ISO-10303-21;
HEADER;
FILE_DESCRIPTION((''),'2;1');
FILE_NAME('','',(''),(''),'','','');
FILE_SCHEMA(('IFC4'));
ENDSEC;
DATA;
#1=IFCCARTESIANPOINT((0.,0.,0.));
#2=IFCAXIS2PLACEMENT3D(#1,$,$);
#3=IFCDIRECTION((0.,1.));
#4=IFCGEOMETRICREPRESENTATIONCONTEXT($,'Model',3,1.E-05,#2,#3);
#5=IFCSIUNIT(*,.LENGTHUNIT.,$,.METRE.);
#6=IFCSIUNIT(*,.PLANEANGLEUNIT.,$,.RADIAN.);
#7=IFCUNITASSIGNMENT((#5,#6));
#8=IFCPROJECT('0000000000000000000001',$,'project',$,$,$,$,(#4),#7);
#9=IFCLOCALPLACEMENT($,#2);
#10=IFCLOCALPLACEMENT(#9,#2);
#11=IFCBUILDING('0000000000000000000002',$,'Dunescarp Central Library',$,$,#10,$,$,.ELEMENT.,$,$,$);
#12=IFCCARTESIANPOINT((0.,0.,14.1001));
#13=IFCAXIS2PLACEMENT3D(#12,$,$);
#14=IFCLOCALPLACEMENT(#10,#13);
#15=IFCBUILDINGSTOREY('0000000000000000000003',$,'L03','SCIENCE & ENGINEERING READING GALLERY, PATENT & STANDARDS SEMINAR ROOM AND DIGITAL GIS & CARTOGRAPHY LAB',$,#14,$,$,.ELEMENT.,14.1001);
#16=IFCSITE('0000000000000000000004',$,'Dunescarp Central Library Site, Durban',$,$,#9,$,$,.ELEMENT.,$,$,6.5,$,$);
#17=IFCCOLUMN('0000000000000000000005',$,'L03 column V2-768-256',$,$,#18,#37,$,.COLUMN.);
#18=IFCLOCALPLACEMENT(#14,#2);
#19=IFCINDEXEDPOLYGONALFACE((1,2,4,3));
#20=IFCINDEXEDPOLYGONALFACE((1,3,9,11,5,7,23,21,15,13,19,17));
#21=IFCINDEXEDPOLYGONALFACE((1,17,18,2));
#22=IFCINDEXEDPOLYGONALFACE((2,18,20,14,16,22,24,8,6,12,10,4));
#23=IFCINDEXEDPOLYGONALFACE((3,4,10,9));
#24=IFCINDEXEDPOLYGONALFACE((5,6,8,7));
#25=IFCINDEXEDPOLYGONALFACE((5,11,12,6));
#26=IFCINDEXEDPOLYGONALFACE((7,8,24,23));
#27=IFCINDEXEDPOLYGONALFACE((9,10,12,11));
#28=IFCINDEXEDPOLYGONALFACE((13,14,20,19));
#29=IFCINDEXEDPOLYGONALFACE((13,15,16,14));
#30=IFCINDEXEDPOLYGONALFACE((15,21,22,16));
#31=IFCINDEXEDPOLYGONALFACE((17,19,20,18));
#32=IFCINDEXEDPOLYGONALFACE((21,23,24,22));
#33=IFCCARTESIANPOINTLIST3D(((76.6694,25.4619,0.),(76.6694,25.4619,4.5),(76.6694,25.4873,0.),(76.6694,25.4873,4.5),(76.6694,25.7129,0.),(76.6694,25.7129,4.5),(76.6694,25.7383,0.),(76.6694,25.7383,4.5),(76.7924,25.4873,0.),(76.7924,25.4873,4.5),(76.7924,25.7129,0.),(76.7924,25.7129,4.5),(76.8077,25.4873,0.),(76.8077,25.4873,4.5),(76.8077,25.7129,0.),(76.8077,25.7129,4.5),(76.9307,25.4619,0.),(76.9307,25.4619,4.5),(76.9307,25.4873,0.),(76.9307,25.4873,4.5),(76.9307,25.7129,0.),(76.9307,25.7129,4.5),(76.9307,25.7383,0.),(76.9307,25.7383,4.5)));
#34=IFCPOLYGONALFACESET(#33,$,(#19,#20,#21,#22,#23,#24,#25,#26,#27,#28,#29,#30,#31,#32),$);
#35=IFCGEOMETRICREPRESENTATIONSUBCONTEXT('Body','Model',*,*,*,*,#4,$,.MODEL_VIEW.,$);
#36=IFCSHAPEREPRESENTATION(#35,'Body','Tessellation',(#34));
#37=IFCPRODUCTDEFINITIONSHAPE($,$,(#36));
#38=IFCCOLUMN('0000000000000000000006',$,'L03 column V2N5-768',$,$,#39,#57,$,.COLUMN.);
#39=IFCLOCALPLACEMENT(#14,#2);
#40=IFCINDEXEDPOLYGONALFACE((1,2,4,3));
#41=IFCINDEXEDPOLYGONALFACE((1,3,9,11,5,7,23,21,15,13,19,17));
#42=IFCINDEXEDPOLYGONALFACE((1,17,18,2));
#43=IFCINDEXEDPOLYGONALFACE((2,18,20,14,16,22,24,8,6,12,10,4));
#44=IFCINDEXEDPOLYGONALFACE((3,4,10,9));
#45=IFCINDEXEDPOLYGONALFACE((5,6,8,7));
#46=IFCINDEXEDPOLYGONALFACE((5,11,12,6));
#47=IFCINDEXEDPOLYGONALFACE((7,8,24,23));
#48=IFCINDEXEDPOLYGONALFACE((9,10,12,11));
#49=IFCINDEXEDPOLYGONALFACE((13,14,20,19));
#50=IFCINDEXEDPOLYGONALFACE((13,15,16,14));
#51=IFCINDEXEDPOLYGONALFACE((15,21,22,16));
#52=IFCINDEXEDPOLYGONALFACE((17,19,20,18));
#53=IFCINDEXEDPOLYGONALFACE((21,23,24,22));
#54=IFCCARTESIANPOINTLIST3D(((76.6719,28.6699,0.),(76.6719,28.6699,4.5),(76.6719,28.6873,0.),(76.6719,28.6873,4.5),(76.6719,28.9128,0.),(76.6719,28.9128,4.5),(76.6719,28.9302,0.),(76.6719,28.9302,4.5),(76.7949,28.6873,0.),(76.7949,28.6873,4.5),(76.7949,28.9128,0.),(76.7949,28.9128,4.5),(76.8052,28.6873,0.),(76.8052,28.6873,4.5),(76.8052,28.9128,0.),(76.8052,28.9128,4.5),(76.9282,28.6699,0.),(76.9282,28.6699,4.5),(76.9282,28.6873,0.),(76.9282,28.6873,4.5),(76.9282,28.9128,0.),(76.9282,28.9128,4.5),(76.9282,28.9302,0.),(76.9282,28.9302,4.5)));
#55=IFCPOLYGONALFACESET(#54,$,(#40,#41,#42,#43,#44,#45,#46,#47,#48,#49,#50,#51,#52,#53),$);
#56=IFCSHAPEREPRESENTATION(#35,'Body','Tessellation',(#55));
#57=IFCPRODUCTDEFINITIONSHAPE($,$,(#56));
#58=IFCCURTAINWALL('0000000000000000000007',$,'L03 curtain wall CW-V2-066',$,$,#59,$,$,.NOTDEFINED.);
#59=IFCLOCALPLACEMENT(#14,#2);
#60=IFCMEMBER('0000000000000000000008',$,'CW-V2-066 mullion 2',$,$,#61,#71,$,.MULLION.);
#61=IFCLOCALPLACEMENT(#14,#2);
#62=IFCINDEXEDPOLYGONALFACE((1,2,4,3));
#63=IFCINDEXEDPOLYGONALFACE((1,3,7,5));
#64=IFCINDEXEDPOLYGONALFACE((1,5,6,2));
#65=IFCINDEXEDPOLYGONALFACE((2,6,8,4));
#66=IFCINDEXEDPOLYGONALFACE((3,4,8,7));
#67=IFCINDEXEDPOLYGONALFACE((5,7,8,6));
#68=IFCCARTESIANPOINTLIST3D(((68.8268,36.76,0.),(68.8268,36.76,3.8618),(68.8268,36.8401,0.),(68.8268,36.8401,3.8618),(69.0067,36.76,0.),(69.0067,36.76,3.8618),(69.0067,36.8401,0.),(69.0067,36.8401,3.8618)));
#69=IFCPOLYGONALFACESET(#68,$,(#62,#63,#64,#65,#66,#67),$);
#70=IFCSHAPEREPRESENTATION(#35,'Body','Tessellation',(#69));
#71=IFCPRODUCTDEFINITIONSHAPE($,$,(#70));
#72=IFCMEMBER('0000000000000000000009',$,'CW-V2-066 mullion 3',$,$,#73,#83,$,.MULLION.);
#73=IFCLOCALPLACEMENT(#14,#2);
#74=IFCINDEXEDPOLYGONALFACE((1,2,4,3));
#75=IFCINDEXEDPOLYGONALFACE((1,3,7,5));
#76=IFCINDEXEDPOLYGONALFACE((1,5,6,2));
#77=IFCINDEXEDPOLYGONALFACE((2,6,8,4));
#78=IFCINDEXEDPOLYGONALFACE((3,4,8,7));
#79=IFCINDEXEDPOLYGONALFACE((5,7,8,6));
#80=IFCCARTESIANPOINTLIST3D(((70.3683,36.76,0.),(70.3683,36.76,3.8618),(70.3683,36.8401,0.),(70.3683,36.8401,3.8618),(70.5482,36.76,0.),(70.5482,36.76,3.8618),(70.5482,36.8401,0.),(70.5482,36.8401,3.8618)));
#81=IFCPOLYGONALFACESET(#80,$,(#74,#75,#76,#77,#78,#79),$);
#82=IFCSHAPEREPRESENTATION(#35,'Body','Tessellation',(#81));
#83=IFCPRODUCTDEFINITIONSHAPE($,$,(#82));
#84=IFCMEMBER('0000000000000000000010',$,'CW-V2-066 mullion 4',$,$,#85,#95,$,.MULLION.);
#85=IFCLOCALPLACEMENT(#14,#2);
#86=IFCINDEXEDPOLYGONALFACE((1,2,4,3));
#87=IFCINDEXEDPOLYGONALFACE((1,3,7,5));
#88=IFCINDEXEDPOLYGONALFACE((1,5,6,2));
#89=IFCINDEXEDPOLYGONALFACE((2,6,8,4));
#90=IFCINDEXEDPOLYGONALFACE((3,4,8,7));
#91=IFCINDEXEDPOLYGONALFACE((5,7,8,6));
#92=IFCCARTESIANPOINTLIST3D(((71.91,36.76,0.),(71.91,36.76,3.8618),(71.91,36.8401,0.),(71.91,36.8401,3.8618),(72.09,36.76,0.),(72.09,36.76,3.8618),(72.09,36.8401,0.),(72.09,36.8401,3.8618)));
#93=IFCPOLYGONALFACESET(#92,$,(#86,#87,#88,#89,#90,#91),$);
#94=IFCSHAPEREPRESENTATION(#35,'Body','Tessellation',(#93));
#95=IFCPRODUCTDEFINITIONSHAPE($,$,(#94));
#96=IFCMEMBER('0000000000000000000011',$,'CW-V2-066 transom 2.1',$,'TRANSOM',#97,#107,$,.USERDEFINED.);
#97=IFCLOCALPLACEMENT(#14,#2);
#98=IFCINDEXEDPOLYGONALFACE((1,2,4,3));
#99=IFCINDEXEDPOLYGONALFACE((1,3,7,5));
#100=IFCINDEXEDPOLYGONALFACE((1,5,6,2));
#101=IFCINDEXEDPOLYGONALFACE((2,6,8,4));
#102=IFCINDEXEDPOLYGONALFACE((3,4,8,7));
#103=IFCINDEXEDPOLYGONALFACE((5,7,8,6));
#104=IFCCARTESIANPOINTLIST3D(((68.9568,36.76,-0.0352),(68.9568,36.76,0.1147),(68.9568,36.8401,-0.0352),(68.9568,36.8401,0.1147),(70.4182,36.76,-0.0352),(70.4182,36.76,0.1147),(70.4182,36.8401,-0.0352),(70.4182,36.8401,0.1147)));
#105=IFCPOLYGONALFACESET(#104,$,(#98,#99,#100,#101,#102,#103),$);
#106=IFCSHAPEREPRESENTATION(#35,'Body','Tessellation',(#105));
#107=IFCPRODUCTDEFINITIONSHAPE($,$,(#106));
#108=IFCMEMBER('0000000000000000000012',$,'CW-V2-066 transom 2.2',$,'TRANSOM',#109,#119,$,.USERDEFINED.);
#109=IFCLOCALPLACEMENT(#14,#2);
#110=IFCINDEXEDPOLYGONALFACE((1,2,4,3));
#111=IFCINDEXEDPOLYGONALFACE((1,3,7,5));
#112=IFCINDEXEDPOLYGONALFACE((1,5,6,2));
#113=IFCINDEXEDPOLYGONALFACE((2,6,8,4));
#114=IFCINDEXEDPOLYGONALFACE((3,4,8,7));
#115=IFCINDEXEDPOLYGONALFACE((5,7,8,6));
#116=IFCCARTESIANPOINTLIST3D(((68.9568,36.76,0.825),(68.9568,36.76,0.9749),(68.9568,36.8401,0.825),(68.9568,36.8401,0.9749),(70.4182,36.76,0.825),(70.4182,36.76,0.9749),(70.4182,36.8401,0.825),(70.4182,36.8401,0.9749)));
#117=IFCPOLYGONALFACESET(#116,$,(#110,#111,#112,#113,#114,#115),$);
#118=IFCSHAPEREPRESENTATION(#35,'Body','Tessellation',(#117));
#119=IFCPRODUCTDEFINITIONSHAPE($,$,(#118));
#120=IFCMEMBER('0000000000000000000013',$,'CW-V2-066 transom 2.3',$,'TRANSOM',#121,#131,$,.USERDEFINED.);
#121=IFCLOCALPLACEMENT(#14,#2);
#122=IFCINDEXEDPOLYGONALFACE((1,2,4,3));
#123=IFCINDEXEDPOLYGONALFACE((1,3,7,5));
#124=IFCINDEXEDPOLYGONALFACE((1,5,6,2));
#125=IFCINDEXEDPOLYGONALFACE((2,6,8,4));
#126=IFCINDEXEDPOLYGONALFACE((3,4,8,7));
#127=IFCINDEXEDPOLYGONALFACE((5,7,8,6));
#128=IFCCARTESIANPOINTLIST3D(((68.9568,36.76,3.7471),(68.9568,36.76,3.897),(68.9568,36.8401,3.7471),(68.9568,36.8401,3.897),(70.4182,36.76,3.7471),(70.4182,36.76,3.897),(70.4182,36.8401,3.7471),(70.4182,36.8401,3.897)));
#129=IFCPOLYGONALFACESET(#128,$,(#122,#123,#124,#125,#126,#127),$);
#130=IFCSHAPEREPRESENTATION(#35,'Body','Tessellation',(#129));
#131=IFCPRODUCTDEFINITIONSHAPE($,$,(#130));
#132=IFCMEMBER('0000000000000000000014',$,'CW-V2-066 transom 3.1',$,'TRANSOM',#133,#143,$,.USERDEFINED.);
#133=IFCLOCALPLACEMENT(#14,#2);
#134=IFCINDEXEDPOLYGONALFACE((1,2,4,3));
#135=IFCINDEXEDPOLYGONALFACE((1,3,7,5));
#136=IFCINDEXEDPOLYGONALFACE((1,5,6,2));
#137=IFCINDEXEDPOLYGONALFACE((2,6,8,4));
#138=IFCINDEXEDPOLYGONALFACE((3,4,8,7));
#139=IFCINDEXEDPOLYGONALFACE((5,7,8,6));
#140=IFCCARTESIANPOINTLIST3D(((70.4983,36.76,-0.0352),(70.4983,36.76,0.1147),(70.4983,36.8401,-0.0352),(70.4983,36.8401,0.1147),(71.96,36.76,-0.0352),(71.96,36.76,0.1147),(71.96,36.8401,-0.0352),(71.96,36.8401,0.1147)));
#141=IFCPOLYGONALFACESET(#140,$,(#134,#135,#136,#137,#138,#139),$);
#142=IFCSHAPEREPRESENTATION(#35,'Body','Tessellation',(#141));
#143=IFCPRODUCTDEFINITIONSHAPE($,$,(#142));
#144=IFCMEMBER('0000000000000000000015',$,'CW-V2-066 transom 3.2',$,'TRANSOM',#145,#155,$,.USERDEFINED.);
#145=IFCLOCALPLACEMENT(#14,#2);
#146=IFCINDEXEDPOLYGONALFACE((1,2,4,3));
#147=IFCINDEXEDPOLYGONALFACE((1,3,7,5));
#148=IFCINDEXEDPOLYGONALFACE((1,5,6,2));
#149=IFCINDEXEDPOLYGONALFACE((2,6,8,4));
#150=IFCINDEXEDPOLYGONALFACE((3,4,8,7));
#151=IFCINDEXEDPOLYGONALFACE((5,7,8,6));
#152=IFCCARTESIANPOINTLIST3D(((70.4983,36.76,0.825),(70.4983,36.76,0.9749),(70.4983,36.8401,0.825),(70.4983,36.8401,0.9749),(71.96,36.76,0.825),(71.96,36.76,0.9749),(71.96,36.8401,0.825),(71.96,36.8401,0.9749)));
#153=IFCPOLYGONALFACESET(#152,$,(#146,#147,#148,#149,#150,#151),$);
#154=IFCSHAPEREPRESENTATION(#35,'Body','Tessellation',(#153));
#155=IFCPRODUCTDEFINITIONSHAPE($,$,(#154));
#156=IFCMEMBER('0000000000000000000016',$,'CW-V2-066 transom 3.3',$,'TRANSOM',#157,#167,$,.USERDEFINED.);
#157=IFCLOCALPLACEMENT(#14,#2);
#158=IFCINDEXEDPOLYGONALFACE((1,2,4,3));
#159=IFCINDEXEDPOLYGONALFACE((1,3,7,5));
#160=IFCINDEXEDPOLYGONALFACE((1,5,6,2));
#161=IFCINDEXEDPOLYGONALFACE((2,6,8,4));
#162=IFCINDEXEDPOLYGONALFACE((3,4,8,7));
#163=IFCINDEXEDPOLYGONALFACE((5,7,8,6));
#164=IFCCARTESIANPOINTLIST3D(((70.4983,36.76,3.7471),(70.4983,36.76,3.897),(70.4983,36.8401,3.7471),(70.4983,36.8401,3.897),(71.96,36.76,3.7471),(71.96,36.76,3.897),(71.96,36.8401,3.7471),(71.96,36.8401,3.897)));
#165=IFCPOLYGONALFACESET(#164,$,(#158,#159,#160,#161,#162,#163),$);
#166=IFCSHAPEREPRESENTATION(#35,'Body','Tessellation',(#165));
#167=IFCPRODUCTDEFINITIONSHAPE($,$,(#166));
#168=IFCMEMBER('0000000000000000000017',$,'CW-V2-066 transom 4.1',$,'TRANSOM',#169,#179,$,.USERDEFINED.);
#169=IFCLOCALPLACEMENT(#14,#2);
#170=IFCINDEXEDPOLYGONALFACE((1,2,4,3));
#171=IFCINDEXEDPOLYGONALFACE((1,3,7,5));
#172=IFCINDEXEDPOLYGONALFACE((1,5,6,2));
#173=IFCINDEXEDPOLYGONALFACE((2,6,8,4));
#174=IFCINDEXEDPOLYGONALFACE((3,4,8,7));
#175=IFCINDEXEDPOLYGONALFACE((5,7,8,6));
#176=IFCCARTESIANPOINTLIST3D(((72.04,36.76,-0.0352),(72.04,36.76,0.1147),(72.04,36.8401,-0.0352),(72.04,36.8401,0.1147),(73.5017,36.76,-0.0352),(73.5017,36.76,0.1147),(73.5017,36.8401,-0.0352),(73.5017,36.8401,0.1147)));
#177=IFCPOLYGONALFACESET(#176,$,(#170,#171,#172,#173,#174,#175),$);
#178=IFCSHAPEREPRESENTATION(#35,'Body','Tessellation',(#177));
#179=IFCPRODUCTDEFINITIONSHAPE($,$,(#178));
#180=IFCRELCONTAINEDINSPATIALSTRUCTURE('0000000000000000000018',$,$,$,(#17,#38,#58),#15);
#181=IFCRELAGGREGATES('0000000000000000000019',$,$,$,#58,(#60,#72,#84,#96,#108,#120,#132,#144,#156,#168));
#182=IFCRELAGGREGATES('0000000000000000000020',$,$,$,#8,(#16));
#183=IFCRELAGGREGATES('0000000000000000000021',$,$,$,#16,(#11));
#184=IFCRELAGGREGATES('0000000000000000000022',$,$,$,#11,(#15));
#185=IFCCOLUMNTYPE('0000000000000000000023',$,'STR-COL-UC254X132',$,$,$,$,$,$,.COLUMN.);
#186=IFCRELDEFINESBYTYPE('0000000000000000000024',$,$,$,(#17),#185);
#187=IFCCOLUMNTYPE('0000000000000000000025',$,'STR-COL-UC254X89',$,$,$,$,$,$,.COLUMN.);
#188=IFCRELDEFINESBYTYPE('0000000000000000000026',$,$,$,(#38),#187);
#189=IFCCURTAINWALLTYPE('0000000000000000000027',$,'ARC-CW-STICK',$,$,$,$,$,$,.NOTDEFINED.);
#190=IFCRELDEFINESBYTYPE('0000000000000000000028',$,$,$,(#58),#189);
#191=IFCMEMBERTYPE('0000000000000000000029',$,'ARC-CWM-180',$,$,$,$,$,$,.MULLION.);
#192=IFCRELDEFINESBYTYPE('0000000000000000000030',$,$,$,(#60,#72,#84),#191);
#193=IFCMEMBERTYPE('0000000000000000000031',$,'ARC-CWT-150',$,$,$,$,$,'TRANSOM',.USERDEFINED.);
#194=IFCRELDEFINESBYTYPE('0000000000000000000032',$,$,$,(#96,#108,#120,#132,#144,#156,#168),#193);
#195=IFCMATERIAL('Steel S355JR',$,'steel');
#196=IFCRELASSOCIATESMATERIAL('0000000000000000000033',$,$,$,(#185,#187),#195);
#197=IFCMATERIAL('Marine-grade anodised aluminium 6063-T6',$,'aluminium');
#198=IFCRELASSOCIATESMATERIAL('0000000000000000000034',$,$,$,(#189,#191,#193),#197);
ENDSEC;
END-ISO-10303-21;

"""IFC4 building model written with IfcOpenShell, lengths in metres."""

from ifc_helpers import new_model, si_unit, direction, frame, origin, origin_2d, place, context, subcontext, project, spatial, rectangle, i_section, extrude, material, material_profile, profile_set, type_object, element, aggregate, save


model = new_model("IFC4")

# Units and contexts
model_context = context("Model", 3, precision=1e-05, world=origin(), true_north=direction((0.0, 1.0)))
body_context = subcontext(model_context, "Body", "Model", "MODEL_VIEW")
ifc_project = project(units=[si_unit("LENGTHUNIT", "METRE"), si_unit("PLANEANGLEUNIT", "RADIAN")], contexts=[model_context])

# Site, building, storey
site_placement = place(None, origin())
site = spatial("IfcSite", under=ifc_project, at=site_placement, Name="Dunescarp Central Library Site, Durban", CompositionType="ELEMENT", RefElevation=6.5)
building_placement = place(site_placement, origin())
building = spatial("IfcBuilding", under=site, at=building_placement, Name="Dunescarp Central Library", CompositionType="ELEMENT")
storey_placement = place(building_placement, frame((0.0, 0.0, 14.1001)))
storey = spatial("IfcBuildingStorey", under=building, at=storey_placement, Name="L03", Description="SCIENCE & ENGINEERING READING GALLERY, PATENT & STANDARDS SEMINAR ROOM AND DIGITAL GIS & CARTOGRAPHY LAB", CompositionType="ELEMENT", Elevation=14.1001)

# Columns
ifc_material_1 = material(Name="Steel S355JR", Category="steel")
ifc_material_profile_1 = material_profile(ifc_material_1, i_section(OverallWidth=0.2612, OverallDepth=0.2764, WebThickness=0.0154, FlangeThickness=0.0254, at=origin_2d()), Name="UC 254x254x132")
ifc_profile_set_1 = profile_set([ifc_material_profile_1], Name="Steel S355JR")
column_type_1 = type_object("IfcColumnType", Name="STR-COL-UC254X132", PredefinedType="COLUMN", material=ifc_profile_set_1)
column_1_placement = place(storey_placement, frame((76.8, 25.6001, 0.0), z_axis=(0.0, 0.0, 1.0), x_axis=(1.0, 0.0, 0.0)))
element("IfcColumn", 1, at=column_1_placement, inside=storey, type_object=column_type_1, Name="L03 column V2-768-256", PredefinedType="COLUMN", context=body_context, shape_type="SweptSolid", body=[
    extrude(i_section(OverallWidth=0.2612, OverallDepth=0.2764, WebThickness=0.0154, FlangeThickness=0.0254, at=origin_2d()), origin(), (0.0, 0.0, 1.0), 4.5),
])
ifc_material_profile_2 = material_profile(ifc_material_1, i_section(OverallWidth=0.2563, OverallDepth=0.2603, WebThickness=0.0103, FlangeThickness=0.0173, at=origin_2d()), Name="UC 254x254x89")
ifc_profile_set_2 = profile_set([ifc_material_profile_2], Name="Steel S355JR")
column_type_2 = type_object("IfcColumnType", Name="STR-COL-UC254X89", PredefinedType="COLUMN", material=ifc_profile_set_2)
column_2_placement = place(storey_placement, frame((76.8, 28.8, 0.0), z_axis=(0.0, 0.0, 1.0), x_axis=(1.0, 0.0, 0.0)))
element("IfcColumn", 2, at=column_2_placement, inside=storey, type_object=column_type_2, Name="L03 column V2N5-768", PredefinedType="COLUMN", context=body_context, shape_type="SweptSolid", body=[
    extrude(i_section(OverallWidth=0.2563, OverallDepth=0.2603, WebThickness=0.0103, FlangeThickness=0.0173, at=origin_2d()), origin(), (0.0, 0.0, 1.0), 4.5),
])

# Curtain wall, members
ifc_material_2 = material(Name="Marine-grade anodised aluminium 6063-T6", Category="aluminium")
curtain_wall_type = type_object("IfcCurtainWallType", Name="ARC-CW-STICK", PredefinedType="NOTDEFINED", material=ifc_material_2)
curtain_wall_placement = place(storey_placement, origin())
curtain_wall = element("IfcCurtainWall", 3, at=curtain_wall_placement, inside=storey, type_object=curtain_wall_type, Name="L03 curtain wall CW-V2-066", PredefinedType="NOTDEFINED")
ifc_material_profile_3 = material_profile(ifc_material_2, rectangle(XDim=0.0801, YDim=0.1799, at=origin_2d()), Name="AL 80x180")
ifc_profile_set_3 = profile_set([ifc_material_profile_3], Name="Marine-grade anodised aluminium 6063-T6")
member_type_1 = type_object("IfcMemberType", Name="ARC-CWM-180", PredefinedType="MULLION", material=ifc_profile_set_3)
member_1_placement = place(storey_placement, frame((68.9167, 36.8, 0.0), z_axis=(0.0, 0.0, 1.0), x_axis=(0.0, 1.0, 0.0)))
member_1 = element("IfcMember", 4, at=member_1_placement, type_object=member_type_1, Name="CW-V2-066 mullion 2", PredefinedType="MULLION", context=body_context, shape_type="SweptSolid", body=[
    extrude(rectangle(XDim=0.0801, YDim=0.1799, at=origin_2d()), origin(), (0.0, 0.0, 1.0), 3.8618),
])
member_2_placement = place(storey_placement, frame((70.4583, 36.8, 0.0), z_axis=(0.0, 0.0, 1.0), x_axis=(0.0, 1.0, 0.0)))
member_2 = element("IfcMember", 5, at=member_2_placement, type_object=member_type_1, Name="CW-V2-066 mullion 3", PredefinedType="MULLION", context=body_context, shape_type="SweptSolid", body=[
    extrude(rectangle(XDim=0.0801, YDim=0.1799, at=origin_2d()), origin(), (0.0, 0.0, 1.0), 3.8618),
])
member_3_placement = place(storey_placement, frame((72.0, 36.8, 0.0), z_axis=(0.0, 0.0, 1.0), x_axis=(0.0, 1.0, 0.0)))
member_3 = element("IfcMember", 6, at=member_3_placement, type_object=member_type_1, Name="CW-V2-066 mullion 4", PredefinedType="MULLION", context=body_context, shape_type="SweptSolid", body=[
    extrude(rectangle(XDim=0.0801, YDim=0.1799, at=origin_2d()), origin(), (0.0, 0.0, 1.0), 3.8618),
])
ifc_material_profile_4 = material_profile(ifc_material_2, rectangle(XDim=0.0801, YDim=0.1499, at=origin_2d()), Name="AL 80x150")
ifc_profile_set_4 = profile_set([ifc_material_profile_4], Name="Marine-grade anodised aluminium 6063-T6")
member_type_2 = type_object("IfcMemberType", Name="ARC-CWT-150", ElementType="TRANSOM", PredefinedType="USERDEFINED", material=ifc_profile_set_4)
member_4_placement = place(storey_placement, frame((68.9568, 36.8, 0.0398), z_axis=(1.0, 0.0, 0.0), x_axis=(0.0, 1.0, 0.0)))
member_4 = element("IfcMember", 7, at=member_4_placement, type_object=member_type_2, Name="CW-V2-066 transom 2.1", ObjectType="TRANSOM", PredefinedType="USERDEFINED", context=body_context, shape_type="SweptSolid", body=[
    extrude(rectangle(XDim=0.0801, YDim=0.1499, at=origin_2d()), origin(), (0.0, 0.0, 1.0), 1.4614),
])
member_5_placement = place(storey_placement, frame((68.9568, 36.8, 0.8999), z_axis=(1.0, 0.0, 0.0), x_axis=(0.0, 1.0, 0.0)))
member_5 = element("IfcMember", 8, at=member_5_placement, type_object=member_type_2, Name="CW-V2-066 transom 2.2", ObjectType="TRANSOM", PredefinedType="USERDEFINED", context=body_context, shape_type="SweptSolid", body=[
    extrude(rectangle(XDim=0.0801, YDim=0.1499, at=origin_2d()), origin(), (0.0, 0.0, 1.0), 1.4614),
])
member_6_placement = place(storey_placement, frame((68.9568, 36.8, 3.822), z_axis=(1.0, 0.0, 0.0), x_axis=(0.0, 1.0, 0.0)))
member_6 = element("IfcMember", 9, at=member_6_placement, type_object=member_type_2, Name="CW-V2-066 transom 2.3", ObjectType="TRANSOM", PredefinedType="USERDEFINED", context=body_context, shape_type="SweptSolid", body=[
    extrude(rectangle(XDim=0.0801, YDim=0.1499, at=origin_2d()), origin(), (0.0, 0.0, 1.0), 1.4614),
])
member_7_placement = place(storey_placement, frame((70.4983, 36.8, 0.0398), z_axis=(1.0, 0.0, 0.0), x_axis=(0.0, 1.0, 0.0)))
member_7 = element("IfcMember", 10, at=member_7_placement, type_object=member_type_2, Name="CW-V2-066 transom 3.1", ObjectType="TRANSOM", PredefinedType="USERDEFINED", context=body_context, shape_type="SweptSolid", body=[
    extrude(rectangle(XDim=0.0801, YDim=0.1499, at=origin_2d()), origin(), (0.0, 0.0, 1.0), 1.4617),
])
member_8_placement = place(storey_placement, frame((70.4983, 36.8, 0.8999), z_axis=(1.0, 0.0, 0.0), x_axis=(0.0, 1.0, 0.0)))
member_8 = element("IfcMember", 11, at=member_8_placement, type_object=member_type_2, Name="CW-V2-066 transom 3.2", ObjectType="TRANSOM", PredefinedType="USERDEFINED", context=body_context, shape_type="SweptSolid", body=[
    extrude(rectangle(XDim=0.0801, YDim=0.1499, at=origin_2d()), origin(), (0.0, 0.0, 1.0), 1.4617),
])
member_9_placement = place(storey_placement, frame((70.4983, 36.8, 3.822), z_axis=(1.0, 0.0, 0.0), x_axis=(0.0, 1.0, 0.0)))
member_9 = element("IfcMember", 12, at=member_9_placement, type_object=member_type_2, Name="CW-V2-066 transom 3.3", ObjectType="TRANSOM", PredefinedType="USERDEFINED", context=body_context, shape_type="SweptSolid", body=[
    extrude(rectangle(XDim=0.0801, YDim=0.1499, at=origin_2d()), origin(), (0.0, 0.0, 1.0), 1.4617),
])
member_10_placement = place(storey_placement, frame((72.04, 36.8, 0.0398), z_axis=(1.0, 0.0, 0.0), x_axis=(0.0, 1.0, 0.0)))
member_10 = element("IfcMember", 13, at=member_10_placement, type_object=member_type_2, Name="CW-V2-066 transom 4.1", ObjectType="TRANSOM", PredefinedType="USERDEFINED", context=body_context, shape_type="SweptSolid", body=[
    extrude(rectangle(XDim=0.0801, YDim=0.1499, at=origin_2d()), origin(), (0.0, 0.0, 1.0), 1.4617),
])

aggregate(curtain_wall, [member_1, member_2, member_3, member_4, member_5, member_6, member_7, member_8, member_9, member_10])

save(model, "model.ifc")
